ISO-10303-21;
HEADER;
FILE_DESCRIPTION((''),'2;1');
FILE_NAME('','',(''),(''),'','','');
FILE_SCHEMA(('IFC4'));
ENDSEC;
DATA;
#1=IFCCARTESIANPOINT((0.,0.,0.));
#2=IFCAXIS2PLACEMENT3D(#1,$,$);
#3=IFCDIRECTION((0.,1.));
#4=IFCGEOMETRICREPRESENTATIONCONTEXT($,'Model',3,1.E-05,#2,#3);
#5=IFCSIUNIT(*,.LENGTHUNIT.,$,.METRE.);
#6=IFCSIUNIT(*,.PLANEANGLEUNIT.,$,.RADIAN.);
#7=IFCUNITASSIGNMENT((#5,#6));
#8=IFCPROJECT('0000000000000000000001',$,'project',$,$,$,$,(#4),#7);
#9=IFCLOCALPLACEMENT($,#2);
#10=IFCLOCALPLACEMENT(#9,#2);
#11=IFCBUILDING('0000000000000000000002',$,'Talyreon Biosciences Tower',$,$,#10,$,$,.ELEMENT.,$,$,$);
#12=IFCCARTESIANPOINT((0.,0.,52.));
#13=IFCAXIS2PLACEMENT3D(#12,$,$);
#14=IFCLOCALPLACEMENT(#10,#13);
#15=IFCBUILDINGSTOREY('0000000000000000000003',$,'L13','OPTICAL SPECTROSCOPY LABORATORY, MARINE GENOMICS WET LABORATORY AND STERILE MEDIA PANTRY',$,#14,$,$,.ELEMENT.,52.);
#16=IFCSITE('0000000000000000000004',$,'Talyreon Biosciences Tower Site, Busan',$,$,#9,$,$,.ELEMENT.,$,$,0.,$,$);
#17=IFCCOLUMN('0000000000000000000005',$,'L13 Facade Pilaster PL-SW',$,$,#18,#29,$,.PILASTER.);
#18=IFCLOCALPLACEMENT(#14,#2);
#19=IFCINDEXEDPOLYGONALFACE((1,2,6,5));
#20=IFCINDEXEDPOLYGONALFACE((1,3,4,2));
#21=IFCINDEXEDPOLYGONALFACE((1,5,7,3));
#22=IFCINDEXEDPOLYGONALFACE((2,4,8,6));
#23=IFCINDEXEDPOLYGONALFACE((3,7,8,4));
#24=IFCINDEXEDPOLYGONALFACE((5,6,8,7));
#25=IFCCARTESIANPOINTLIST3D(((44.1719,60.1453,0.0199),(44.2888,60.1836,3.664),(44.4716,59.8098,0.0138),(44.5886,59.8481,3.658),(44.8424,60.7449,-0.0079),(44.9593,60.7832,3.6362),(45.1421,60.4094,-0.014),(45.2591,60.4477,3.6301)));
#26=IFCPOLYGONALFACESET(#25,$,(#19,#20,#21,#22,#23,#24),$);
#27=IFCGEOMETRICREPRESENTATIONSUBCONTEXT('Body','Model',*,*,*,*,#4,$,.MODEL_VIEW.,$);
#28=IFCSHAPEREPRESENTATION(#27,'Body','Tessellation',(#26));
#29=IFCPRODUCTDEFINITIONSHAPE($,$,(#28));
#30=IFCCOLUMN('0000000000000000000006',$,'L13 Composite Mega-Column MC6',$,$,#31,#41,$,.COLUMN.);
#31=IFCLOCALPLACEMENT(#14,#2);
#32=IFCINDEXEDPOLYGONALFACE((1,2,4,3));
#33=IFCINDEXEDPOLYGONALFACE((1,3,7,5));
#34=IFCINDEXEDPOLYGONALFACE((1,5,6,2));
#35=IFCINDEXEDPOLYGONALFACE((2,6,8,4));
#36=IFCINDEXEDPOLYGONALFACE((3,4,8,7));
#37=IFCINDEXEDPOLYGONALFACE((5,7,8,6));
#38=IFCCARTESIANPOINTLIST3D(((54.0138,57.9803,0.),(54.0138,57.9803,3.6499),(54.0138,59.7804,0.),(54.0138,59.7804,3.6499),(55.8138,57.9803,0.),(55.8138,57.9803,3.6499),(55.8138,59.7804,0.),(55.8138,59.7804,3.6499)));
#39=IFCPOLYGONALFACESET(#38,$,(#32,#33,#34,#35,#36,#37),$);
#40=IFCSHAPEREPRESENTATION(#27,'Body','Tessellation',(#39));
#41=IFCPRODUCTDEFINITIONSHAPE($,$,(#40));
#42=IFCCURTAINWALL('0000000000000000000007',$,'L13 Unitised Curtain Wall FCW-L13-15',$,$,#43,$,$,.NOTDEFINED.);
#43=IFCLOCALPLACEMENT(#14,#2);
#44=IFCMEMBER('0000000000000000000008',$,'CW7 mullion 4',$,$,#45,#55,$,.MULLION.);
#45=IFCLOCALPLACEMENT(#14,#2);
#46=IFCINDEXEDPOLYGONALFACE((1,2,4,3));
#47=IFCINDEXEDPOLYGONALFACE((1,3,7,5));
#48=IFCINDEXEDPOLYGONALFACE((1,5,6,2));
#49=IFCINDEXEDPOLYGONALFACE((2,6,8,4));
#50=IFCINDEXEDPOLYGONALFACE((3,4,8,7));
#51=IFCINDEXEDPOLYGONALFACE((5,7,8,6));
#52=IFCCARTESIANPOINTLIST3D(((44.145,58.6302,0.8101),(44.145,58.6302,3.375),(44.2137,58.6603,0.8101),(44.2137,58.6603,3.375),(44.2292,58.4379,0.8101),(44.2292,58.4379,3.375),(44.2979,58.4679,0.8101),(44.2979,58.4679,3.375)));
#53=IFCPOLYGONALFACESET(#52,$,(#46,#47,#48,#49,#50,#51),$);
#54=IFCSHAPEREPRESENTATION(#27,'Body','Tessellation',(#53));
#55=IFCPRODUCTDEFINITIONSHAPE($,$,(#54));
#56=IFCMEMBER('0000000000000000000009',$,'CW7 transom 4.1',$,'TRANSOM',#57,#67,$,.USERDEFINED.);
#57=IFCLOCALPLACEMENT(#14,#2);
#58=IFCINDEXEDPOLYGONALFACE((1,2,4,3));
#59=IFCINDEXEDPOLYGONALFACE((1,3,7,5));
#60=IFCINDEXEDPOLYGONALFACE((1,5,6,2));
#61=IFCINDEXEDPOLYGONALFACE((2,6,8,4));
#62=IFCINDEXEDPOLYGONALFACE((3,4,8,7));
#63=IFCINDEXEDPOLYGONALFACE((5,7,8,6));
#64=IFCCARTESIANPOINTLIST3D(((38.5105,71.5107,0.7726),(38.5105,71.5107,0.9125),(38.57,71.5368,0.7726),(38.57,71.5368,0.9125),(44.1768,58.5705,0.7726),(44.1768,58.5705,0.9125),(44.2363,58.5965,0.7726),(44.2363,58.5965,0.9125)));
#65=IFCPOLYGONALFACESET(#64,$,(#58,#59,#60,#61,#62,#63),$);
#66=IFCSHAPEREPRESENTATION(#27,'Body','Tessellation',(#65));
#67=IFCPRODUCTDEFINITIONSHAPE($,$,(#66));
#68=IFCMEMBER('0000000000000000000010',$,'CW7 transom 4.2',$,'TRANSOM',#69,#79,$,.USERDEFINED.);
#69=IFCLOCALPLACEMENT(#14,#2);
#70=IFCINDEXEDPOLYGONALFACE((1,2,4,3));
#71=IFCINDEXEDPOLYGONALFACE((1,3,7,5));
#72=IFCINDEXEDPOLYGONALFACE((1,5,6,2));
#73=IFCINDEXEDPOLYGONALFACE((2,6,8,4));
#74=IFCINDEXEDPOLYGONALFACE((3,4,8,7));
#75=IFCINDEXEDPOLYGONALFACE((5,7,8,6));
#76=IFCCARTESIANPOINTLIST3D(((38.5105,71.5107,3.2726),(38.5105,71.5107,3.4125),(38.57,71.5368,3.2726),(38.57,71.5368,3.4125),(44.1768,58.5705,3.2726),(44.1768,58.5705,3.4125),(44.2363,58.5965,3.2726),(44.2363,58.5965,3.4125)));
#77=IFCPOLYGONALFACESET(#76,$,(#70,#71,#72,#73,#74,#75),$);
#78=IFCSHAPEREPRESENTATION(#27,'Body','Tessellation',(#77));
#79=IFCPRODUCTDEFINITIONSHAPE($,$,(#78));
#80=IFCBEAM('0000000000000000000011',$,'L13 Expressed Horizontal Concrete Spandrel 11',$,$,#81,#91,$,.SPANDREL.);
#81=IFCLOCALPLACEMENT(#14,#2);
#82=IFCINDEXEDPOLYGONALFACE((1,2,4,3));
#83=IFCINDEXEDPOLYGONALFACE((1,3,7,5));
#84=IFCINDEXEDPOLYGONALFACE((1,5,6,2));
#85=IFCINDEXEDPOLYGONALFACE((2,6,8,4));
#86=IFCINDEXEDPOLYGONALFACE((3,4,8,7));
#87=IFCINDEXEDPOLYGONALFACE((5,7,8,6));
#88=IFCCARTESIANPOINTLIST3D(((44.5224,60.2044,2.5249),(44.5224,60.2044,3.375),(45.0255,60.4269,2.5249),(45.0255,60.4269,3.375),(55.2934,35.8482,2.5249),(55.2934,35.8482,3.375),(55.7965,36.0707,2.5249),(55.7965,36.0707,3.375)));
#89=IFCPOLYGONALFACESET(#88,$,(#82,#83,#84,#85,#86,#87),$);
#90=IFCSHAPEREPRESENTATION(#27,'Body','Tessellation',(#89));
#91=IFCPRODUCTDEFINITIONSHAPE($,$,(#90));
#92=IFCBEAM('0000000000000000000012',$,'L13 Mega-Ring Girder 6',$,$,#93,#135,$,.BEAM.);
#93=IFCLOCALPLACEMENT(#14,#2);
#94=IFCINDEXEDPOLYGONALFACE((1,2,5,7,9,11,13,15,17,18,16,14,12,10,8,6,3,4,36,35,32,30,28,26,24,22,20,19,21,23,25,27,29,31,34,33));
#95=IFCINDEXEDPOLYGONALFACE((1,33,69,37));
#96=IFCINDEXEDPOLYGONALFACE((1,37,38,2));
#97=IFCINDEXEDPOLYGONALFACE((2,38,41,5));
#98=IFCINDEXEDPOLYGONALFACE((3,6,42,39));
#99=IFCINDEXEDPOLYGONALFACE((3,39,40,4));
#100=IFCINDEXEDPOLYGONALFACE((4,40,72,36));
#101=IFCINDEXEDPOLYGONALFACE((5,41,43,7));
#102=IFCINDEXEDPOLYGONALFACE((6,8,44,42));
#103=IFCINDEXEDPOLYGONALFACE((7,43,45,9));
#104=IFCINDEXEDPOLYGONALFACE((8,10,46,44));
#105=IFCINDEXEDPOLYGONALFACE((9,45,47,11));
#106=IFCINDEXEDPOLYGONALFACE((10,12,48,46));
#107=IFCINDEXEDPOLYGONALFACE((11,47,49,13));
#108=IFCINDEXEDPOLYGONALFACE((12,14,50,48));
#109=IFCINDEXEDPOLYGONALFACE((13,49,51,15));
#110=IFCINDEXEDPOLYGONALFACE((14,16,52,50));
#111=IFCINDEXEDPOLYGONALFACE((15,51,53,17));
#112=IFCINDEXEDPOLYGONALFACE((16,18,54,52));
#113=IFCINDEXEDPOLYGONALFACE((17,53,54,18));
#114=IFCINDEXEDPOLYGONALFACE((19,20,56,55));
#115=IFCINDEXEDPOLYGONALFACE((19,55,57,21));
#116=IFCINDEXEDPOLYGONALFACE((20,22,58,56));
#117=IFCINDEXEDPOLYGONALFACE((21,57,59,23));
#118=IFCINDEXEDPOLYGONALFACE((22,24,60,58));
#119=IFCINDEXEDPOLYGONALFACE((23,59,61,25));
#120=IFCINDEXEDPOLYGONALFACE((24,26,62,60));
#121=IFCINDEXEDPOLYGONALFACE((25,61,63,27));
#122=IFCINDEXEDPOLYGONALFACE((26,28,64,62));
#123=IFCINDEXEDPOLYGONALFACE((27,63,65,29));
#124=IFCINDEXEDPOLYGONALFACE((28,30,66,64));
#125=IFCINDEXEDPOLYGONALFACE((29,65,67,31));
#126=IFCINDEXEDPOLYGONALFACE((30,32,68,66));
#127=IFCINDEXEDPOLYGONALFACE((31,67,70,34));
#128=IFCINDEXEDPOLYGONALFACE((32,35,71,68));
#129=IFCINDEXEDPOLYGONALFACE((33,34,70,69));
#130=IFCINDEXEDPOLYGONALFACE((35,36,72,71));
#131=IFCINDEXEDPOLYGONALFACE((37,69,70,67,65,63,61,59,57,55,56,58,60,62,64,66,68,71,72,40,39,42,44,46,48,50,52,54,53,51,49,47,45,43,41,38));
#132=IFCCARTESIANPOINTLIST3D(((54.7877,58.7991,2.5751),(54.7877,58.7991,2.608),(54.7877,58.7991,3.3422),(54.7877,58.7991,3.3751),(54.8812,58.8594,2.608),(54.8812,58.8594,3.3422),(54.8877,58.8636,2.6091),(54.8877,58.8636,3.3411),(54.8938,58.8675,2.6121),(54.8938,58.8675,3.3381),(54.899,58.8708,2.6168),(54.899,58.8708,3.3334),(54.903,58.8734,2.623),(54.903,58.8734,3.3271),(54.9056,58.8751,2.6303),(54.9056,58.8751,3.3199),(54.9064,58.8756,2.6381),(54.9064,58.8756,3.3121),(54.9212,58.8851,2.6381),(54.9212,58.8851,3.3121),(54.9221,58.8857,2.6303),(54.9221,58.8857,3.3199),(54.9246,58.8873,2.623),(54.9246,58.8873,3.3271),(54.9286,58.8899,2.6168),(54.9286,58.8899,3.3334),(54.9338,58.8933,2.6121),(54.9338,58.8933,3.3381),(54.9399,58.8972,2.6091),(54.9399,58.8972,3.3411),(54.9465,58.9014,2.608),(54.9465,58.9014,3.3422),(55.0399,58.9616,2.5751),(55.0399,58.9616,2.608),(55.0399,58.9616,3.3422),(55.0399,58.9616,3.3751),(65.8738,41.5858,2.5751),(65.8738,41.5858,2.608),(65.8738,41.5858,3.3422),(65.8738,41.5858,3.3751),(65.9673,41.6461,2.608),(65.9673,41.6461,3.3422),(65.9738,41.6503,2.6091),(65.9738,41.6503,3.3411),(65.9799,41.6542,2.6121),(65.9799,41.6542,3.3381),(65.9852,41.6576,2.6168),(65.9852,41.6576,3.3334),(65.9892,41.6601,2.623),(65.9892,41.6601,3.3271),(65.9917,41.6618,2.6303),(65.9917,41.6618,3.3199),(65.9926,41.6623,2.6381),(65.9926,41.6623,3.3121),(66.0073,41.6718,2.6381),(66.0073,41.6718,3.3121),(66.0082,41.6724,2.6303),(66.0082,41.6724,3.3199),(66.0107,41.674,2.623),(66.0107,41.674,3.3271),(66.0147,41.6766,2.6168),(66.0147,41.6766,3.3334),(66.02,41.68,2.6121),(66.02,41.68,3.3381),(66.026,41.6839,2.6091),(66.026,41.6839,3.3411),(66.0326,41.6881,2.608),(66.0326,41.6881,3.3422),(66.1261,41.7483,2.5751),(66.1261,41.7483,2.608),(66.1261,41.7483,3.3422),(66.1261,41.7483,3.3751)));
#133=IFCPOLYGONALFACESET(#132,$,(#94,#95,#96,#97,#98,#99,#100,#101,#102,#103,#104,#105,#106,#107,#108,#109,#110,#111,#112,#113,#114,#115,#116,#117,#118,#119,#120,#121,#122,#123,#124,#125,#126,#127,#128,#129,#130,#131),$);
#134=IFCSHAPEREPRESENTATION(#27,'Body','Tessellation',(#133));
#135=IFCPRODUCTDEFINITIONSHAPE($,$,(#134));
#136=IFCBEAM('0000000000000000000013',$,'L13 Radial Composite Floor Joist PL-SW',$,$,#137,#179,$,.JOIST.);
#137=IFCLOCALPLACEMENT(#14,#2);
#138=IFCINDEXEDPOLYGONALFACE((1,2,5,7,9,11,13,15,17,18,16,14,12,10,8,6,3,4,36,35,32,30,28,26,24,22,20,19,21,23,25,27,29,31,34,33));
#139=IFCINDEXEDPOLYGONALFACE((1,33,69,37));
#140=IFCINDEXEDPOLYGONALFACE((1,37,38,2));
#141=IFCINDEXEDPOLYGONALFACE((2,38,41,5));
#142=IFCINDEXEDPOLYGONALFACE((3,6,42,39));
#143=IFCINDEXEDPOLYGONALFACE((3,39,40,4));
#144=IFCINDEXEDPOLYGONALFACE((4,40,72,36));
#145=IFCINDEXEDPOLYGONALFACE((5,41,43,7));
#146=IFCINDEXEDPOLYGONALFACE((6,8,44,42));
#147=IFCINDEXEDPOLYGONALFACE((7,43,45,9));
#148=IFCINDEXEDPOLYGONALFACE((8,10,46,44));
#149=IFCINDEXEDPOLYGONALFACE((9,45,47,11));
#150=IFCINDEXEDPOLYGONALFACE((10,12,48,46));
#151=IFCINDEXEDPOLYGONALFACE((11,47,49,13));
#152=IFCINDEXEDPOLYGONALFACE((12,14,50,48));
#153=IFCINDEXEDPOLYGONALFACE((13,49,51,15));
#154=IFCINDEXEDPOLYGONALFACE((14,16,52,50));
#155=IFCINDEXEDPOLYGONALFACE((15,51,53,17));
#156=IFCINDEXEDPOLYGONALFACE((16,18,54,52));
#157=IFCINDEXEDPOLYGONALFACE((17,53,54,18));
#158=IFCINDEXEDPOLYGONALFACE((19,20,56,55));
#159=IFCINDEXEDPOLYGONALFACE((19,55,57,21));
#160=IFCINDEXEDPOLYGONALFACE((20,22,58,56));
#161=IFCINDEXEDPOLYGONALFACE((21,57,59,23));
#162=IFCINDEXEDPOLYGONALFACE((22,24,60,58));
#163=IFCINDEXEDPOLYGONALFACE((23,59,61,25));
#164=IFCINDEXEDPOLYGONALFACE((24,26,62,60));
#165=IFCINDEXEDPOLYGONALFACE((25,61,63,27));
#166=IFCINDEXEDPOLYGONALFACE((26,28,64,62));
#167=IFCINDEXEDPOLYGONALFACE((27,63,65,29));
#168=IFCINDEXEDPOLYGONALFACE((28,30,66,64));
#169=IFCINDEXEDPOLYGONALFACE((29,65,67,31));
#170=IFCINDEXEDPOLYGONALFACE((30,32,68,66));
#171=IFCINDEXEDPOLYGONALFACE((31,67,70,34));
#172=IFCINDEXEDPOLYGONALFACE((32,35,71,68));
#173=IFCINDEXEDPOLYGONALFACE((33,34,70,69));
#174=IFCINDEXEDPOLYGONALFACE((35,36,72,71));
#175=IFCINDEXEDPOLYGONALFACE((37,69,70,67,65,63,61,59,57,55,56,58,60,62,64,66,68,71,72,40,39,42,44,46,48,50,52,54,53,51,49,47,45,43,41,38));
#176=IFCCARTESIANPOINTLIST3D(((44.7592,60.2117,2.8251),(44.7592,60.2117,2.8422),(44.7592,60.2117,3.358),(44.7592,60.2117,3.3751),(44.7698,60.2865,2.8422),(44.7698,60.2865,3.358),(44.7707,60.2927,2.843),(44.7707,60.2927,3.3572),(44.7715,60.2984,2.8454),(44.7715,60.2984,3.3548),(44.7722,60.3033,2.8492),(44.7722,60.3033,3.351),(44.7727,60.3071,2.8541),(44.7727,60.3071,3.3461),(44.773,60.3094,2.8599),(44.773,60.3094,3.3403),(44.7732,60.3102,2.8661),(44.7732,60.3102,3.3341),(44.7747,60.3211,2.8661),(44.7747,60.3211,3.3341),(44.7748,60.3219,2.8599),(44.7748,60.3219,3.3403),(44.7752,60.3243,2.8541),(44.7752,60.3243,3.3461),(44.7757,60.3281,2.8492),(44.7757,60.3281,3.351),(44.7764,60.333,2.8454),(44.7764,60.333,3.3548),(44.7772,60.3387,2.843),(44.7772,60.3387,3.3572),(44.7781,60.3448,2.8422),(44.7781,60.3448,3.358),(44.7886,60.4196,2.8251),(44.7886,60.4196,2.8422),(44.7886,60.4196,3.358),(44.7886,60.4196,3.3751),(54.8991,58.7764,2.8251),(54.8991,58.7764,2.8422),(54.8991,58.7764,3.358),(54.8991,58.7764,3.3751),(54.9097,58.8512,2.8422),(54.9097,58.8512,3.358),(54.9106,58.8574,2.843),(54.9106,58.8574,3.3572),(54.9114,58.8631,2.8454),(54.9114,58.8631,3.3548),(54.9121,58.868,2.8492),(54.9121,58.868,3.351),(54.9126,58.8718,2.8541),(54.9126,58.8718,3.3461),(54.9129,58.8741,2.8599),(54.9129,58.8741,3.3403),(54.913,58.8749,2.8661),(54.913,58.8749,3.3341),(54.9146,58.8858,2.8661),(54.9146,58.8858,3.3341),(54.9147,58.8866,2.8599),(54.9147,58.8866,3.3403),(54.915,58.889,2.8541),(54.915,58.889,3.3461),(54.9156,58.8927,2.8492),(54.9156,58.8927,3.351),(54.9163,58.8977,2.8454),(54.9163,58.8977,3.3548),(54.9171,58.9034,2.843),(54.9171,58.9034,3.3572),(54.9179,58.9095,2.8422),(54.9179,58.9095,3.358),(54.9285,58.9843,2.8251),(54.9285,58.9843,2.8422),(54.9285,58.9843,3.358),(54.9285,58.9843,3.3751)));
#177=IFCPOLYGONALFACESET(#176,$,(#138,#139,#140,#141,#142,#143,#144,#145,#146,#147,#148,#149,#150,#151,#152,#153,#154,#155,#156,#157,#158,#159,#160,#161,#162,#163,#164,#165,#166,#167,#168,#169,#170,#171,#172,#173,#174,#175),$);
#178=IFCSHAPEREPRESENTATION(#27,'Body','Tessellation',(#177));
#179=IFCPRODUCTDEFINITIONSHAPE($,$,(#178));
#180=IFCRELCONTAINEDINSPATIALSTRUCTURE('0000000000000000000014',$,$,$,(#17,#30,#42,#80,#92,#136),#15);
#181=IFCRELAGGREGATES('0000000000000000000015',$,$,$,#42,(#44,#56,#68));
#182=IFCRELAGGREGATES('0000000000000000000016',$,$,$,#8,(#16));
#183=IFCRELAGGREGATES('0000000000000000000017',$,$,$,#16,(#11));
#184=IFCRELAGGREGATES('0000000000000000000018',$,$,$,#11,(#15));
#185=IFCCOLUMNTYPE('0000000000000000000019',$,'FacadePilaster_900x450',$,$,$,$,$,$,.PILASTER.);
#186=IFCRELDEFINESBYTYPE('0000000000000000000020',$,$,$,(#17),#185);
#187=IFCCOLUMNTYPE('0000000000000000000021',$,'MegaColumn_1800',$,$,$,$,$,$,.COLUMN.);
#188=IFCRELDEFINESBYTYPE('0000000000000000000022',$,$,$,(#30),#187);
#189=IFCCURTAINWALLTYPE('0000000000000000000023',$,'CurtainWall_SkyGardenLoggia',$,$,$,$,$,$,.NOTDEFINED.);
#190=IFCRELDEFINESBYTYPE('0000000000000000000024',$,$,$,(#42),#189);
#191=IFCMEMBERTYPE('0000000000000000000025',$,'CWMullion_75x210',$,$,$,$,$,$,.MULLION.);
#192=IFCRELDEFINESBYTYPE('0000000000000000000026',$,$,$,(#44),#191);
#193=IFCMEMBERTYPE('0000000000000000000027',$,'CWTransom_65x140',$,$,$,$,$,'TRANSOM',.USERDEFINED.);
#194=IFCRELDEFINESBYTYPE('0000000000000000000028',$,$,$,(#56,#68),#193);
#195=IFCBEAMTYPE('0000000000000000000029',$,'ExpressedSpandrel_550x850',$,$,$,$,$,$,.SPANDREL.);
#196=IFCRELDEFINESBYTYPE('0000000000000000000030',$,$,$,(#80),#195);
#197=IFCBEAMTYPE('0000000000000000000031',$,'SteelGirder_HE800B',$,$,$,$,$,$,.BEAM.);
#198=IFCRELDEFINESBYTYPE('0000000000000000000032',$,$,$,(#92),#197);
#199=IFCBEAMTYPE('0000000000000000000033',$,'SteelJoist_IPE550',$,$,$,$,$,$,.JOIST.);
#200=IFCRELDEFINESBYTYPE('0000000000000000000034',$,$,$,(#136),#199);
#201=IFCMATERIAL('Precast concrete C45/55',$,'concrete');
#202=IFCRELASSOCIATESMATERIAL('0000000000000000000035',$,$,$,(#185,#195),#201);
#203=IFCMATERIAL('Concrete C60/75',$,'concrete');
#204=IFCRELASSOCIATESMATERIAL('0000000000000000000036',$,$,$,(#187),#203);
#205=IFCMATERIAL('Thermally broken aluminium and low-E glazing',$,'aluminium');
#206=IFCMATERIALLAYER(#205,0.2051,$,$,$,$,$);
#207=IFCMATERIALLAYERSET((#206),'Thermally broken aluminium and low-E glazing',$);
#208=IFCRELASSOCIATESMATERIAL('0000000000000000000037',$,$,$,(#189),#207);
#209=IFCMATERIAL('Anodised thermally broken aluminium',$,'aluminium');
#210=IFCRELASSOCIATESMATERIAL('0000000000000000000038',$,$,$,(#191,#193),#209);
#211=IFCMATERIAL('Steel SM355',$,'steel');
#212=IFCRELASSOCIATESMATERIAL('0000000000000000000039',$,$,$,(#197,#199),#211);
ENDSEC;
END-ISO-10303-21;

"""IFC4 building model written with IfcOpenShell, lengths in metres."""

from ifc_helpers import new_model, si_unit, direction, frame, origin, origin_2d, place, context, subcontext, project, spatial, rectangle, i_section, extrude, material, layer, layer_set, material_profile, profile_set, type_object, element, aggregate, save


model = new_model("IFC4")

# Units and contexts
model_context = context("Model", 3, precision=1e-05, world=origin(), true_north=direction((0.0, 1.0)))
body_context = subcontext(model_context, "Body", "Model", "MODEL_VIEW")
ifc_project = project(units=[si_unit("LENGTHUNIT", "METRE"), si_unit("PLANEANGLEUNIT", "RADIAN")], contexts=[model_context])

# Site, building, storey
site_placement = place(None, origin())
site = spatial("IfcSite", under=ifc_project, at=site_placement, Name="Talyreon Biosciences Tower Site, Busan", CompositionType="ELEMENT", RefElevation=0.0)
building_placement = place(site_placement, origin())
building = spatial("IfcBuilding", under=site, at=building_placement, Name="Talyreon Biosciences Tower", CompositionType="ELEMENT")
storey_placement = place(building_placement, frame((0.0, 0.0, 52.0)))
storey = spatial("IfcBuildingStorey", under=building, at=storey_placement, Name="L13", Description="OPTICAL SPECTROSCOPY LABORATORY, MARINE GENOMICS WET LABORATORY AND STERILE MEDIA PANTRY", CompositionType="ELEMENT", Elevation=52.0)

# Columns
ifc_material_1 = material(Name="Precast concrete C45/55", Category="concrete")
ifc_material_profile_1 = material_profile(ifc_material_1, rectangle(XDim=0.8999, YDim=0.45, at=origin_2d()), Name="RC 900x450")
ifc_profile_set_1 = profile_set([ifc_material_profile_1], Name="Precast concrete C45/55")
column_type_1 = type_object("IfcColumnType", Name="FacadePilaster_900x450", PredefinedType="PILASTER", material=ifc_profile_set_1)
column_1_placement = place(storey_placement, frame((44.657, 60.2773, 0.0029), z_axis=(0.032073, 0.010513, 0.99943), x_axis=(0.74508, 0.666258, -0.030919)))
element("IfcColumn", 1, at=column_1_placement, inside=storey, type_object=column_type_1, Name="L13 Facade Pilaster PL-SW", PredefinedType="PILASTER", context=body_context, shape_type="SweptSolid", body=[
    extrude(rectangle(XDim=0.8999, YDim=0.45, at=origin_2d()), origin(), (0.0, 0.0, 1.0), 3.6462),
])
ifc_material_2 = material(Name="Concrete C60/75", Category="concrete")
ifc_material_profile_2 = material_profile(ifc_material_2, rectangle(XDim=1.8, YDim=1.8, at=origin_2d()), Name="RC 1800x1800")
ifc_profile_set_2 = profile_set([ifc_material_profile_2], Name="Concrete C60/75")
column_type_2 = type_object("IfcColumnType", Name="MegaColumn_1800", PredefinedType="COLUMN", material=ifc_profile_set_2)
column_2_placement = place(storey_placement, frame((54.9138, 58.8804, 0.0), z_axis=(0.0, 0.0, 1.0), x_axis=(1.0, 0.0, 0.0)))
element("IfcColumn", 2, at=column_2_placement, inside=storey, type_object=column_type_2, Name="L13 Composite Mega-Column MC6", PredefinedType="COLUMN", context=body_context, shape_type="SweptSolid", body=[
    extrude(rectangle(XDim=1.8, YDim=1.8, at=origin_2d()), origin(), (0.0, 0.0, 1.0), 3.6499),
])

# Curtain wall, members
ifc_material_3 = material(Name="Thermally broken aluminium and low-E glazing", Category="aluminium")
ifc_layer_1 = layer(ifc_material_3, 0.2051)
ifc_layer_set_1 = layer_set([ifc_layer_1], Name="Thermally broken aluminium and low-E glazing")
curtain_wall_type = type_object("IfcCurtainWallType", Name="CurtainWall_SkyGardenLoggia", PredefinedType="NOTDEFINED", material=ifc_layer_set_1)
curtain_wall_placement = place(storey_placement, origin())
curtain_wall = element("IfcCurtainWall", 3, at=curtain_wall_placement, inside=storey, type_object=curtain_wall_type, Name="L13 Unitised Curtain Wall FCW-L13-15", PredefinedType="NOTDEFINED")
ifc_material_4 = material(Name="Anodised thermally broken aluminium", Category="aluminium")
ifc_material_profile_3 = material_profile(ifc_material_4, rectangle(XDim=0.075, YDim=0.21, at=origin_2d()), Name="ALUM MULLION 75x210")
ifc_profile_set_3 = profile_set([ifc_material_profile_3], Name="Anodised thermally broken aluminium")
member_type_1 = type_object("IfcMemberType", Name="CWMullion_75x210", PredefinedType="MULLION", material=ifc_profile_set_3)
member_1_placement = place(storey_placement, frame((44.2214, 58.5491, 0.8101), z_axis=(0.0, 0.0, 1.0), x_axis=(-0.916035, -0.401097, 0.0)))
member_1 = element("IfcMember", 4, at=member_1_placement, type_object=member_type_1, Name="CW7 mullion 4", PredefinedType="MULLION", context=body_context, shape_type="SweptSolid", body=[
    extrude(rectangle(XDim=0.075, YDim=0.21, at=origin_2d()), origin(), (0.0, 0.0, 1.0), 2.5649),
])
ifc_material_profile_4 = material_profile(ifc_material_4, rectangle(XDim=0.0649, YDim=0.1399, at=origin_2d()), Name="ALUM TRANSOM 65x140")
ifc_profile_set_4 = profile_set([ifc_material_profile_4], Name="Anodised thermally broken aluminium")
member_type_2 = type_object("IfcMemberType", Name="CWTransom_65x140", ElementType="TRANSOM", PredefinedType="USERDEFINED", material=ifc_profile_set_4)
member_2_placement = place(storey_placement, frame((44.2065, 58.5835, 0.8425), z_axis=(-0.401112, 0.916029, 0.0), x_axis=(-0.916029, -0.401112, 0.0)))
member_2 = element("IfcMember", 5, at=member_2_placement, type_object=member_type_2, Name="CW7 transom 4.1", ObjectType="TRANSOM", PredefinedType="USERDEFINED", context=body_context, shape_type="SweptSolid", body=[
    extrude(rectangle(XDim=0.0649, YDim=0.1399, at=origin_2d()), origin(), (0.0, 0.0, 1.0), 14.1265),
])
member_3_placement = place(storey_placement, frame((44.2065, 58.5835, 3.3425), z_axis=(-0.401112, 0.916029, 0.0), x_axis=(-0.916029, -0.401112, 0.0)))
member_3 = element("IfcMember", 6, at=member_3_placement, type_object=member_type_2, Name="CW7 transom 4.2", ObjectType="TRANSOM", PredefinedType="USERDEFINED", context=body_context, shape_type="SweptSolid", body=[
    extrude(rectangle(XDim=0.0649, YDim=0.1399, at=origin_2d()), origin(), (0.0, 0.0, 1.0), 14.1265),
])

# Beams
ifc_material_profile_5 = material_profile(ifc_material_1, rectangle(XDim=0.55, YDim=0.8501, at=origin_2d()), Name="RCB 550x850")
ifc_profile_set_5 = profile_set([ifc_material_profile_5], Name="Precast concrete C45/55")
beam_type_1 = type_object("IfcBeamType", Name="ExpressedSpandrel_550x850", PredefinedType="SPANDREL", material=ifc_profile_set_5)
beam_1_placement = place(storey_placement, frame((44.7739, 60.3157, 2.95), z_axis=(0.404445, -0.914562, 0.0), x_axis=(0.914562, 0.404445, 0.0)))
element("IfcBeam", 7, at=beam_1_placement, inside=storey, type_object=beam_type_1, Name="L13 Expressed Horizontal Concrete Spandrel 11", PredefinedType="SPANDREL", context=body_context, shape_type="SweptSolid", body=[
    extrude(rectangle(XDim=0.55, YDim=0.8501, at=origin_2d()), origin(), (0.0, 0.0, 1.0), 26.6316),
])
ifc_material_5 = material(Name="Steel SM355", Category="steel")
ifc_material_profile_6 = material_profile(ifc_material_5, i_section(OverallWidth=0.3, OverallDepth=0.8, WebThickness=0.0176, FlangeThickness=0.033, FilletRadius=0.03, at=origin_2d()), Name="HE800B")
ifc_profile_set_6 = profile_set([ifc_material_profile_6], Name="Steel SM355")
beam_type_2 = type_object("IfcBeamType", Name="SteelGirder_HE800B", PredefinedType="BEAM", material=ifc_profile_set_6)
beam_2_placement = place(storey_placement, frame((54.9138, 58.8804, 2.9751), z_axis=(0.541464, -0.840724, 0.0), x_axis=(0.840724, 0.541464, 0.0)))
element("IfcBeam", 8, at=beam_2_placement, inside=storey, type_object=beam_type_2, Name="L13 Mega-Ring Girder 6", PredefinedType="BEAM", context=body_context, shape_type="SweptSolid", body=[
    extrude(i_section(OverallWidth=0.3, OverallDepth=0.8, WebThickness=0.0176, FlangeThickness=0.033, FilletRadius=0.03, at=origin_2d()), origin(), (0.0, 0.0, 1.0), 20.4744),
])
ifc_material_profile_7 = material_profile(ifc_material_5, i_section(OverallWidth=0.21, OverallDepth=0.55, WebThickness=0.011, FlangeThickness=0.0171, FilletRadius=0.0239, at=origin_2d()), Name="IPE550")
ifc_profile_set_7 = profile_set([ifc_material_profile_7], Name="Steel SM355")
beam_type_3 = type_object("IfcBeamType", Name="SteelJoist_IPE550", PredefinedType="JOIST", material=ifc_profile_set_7)
beam_3_placement = place(storey_placement, frame((54.9138, 58.8804, 3.1001), z_axis=(-0.99013, 0.140153, 0.0), x_axis=(-0.140153, -0.99013, 0.0)))
element("IfcBeam", 9, at=beam_3_placement, inside=storey, type_object=beam_type_3, Name="L13 Radial Composite Floor Joist PL-SW", PredefinedType="JOIST", context=body_context, shape_type="SweptSolid", body=[
    extrude(i_section(OverallWidth=0.21, OverallDepth=0.55, WebThickness=0.011, FlangeThickness=0.0171, FilletRadius=0.0239, at=origin_2d()), origin(), (0.0, 0.0, 1.0), 10.241),
])

aggregate(curtain_wall, [member_1, member_2, member_3])

save(model, "model.ifc")
